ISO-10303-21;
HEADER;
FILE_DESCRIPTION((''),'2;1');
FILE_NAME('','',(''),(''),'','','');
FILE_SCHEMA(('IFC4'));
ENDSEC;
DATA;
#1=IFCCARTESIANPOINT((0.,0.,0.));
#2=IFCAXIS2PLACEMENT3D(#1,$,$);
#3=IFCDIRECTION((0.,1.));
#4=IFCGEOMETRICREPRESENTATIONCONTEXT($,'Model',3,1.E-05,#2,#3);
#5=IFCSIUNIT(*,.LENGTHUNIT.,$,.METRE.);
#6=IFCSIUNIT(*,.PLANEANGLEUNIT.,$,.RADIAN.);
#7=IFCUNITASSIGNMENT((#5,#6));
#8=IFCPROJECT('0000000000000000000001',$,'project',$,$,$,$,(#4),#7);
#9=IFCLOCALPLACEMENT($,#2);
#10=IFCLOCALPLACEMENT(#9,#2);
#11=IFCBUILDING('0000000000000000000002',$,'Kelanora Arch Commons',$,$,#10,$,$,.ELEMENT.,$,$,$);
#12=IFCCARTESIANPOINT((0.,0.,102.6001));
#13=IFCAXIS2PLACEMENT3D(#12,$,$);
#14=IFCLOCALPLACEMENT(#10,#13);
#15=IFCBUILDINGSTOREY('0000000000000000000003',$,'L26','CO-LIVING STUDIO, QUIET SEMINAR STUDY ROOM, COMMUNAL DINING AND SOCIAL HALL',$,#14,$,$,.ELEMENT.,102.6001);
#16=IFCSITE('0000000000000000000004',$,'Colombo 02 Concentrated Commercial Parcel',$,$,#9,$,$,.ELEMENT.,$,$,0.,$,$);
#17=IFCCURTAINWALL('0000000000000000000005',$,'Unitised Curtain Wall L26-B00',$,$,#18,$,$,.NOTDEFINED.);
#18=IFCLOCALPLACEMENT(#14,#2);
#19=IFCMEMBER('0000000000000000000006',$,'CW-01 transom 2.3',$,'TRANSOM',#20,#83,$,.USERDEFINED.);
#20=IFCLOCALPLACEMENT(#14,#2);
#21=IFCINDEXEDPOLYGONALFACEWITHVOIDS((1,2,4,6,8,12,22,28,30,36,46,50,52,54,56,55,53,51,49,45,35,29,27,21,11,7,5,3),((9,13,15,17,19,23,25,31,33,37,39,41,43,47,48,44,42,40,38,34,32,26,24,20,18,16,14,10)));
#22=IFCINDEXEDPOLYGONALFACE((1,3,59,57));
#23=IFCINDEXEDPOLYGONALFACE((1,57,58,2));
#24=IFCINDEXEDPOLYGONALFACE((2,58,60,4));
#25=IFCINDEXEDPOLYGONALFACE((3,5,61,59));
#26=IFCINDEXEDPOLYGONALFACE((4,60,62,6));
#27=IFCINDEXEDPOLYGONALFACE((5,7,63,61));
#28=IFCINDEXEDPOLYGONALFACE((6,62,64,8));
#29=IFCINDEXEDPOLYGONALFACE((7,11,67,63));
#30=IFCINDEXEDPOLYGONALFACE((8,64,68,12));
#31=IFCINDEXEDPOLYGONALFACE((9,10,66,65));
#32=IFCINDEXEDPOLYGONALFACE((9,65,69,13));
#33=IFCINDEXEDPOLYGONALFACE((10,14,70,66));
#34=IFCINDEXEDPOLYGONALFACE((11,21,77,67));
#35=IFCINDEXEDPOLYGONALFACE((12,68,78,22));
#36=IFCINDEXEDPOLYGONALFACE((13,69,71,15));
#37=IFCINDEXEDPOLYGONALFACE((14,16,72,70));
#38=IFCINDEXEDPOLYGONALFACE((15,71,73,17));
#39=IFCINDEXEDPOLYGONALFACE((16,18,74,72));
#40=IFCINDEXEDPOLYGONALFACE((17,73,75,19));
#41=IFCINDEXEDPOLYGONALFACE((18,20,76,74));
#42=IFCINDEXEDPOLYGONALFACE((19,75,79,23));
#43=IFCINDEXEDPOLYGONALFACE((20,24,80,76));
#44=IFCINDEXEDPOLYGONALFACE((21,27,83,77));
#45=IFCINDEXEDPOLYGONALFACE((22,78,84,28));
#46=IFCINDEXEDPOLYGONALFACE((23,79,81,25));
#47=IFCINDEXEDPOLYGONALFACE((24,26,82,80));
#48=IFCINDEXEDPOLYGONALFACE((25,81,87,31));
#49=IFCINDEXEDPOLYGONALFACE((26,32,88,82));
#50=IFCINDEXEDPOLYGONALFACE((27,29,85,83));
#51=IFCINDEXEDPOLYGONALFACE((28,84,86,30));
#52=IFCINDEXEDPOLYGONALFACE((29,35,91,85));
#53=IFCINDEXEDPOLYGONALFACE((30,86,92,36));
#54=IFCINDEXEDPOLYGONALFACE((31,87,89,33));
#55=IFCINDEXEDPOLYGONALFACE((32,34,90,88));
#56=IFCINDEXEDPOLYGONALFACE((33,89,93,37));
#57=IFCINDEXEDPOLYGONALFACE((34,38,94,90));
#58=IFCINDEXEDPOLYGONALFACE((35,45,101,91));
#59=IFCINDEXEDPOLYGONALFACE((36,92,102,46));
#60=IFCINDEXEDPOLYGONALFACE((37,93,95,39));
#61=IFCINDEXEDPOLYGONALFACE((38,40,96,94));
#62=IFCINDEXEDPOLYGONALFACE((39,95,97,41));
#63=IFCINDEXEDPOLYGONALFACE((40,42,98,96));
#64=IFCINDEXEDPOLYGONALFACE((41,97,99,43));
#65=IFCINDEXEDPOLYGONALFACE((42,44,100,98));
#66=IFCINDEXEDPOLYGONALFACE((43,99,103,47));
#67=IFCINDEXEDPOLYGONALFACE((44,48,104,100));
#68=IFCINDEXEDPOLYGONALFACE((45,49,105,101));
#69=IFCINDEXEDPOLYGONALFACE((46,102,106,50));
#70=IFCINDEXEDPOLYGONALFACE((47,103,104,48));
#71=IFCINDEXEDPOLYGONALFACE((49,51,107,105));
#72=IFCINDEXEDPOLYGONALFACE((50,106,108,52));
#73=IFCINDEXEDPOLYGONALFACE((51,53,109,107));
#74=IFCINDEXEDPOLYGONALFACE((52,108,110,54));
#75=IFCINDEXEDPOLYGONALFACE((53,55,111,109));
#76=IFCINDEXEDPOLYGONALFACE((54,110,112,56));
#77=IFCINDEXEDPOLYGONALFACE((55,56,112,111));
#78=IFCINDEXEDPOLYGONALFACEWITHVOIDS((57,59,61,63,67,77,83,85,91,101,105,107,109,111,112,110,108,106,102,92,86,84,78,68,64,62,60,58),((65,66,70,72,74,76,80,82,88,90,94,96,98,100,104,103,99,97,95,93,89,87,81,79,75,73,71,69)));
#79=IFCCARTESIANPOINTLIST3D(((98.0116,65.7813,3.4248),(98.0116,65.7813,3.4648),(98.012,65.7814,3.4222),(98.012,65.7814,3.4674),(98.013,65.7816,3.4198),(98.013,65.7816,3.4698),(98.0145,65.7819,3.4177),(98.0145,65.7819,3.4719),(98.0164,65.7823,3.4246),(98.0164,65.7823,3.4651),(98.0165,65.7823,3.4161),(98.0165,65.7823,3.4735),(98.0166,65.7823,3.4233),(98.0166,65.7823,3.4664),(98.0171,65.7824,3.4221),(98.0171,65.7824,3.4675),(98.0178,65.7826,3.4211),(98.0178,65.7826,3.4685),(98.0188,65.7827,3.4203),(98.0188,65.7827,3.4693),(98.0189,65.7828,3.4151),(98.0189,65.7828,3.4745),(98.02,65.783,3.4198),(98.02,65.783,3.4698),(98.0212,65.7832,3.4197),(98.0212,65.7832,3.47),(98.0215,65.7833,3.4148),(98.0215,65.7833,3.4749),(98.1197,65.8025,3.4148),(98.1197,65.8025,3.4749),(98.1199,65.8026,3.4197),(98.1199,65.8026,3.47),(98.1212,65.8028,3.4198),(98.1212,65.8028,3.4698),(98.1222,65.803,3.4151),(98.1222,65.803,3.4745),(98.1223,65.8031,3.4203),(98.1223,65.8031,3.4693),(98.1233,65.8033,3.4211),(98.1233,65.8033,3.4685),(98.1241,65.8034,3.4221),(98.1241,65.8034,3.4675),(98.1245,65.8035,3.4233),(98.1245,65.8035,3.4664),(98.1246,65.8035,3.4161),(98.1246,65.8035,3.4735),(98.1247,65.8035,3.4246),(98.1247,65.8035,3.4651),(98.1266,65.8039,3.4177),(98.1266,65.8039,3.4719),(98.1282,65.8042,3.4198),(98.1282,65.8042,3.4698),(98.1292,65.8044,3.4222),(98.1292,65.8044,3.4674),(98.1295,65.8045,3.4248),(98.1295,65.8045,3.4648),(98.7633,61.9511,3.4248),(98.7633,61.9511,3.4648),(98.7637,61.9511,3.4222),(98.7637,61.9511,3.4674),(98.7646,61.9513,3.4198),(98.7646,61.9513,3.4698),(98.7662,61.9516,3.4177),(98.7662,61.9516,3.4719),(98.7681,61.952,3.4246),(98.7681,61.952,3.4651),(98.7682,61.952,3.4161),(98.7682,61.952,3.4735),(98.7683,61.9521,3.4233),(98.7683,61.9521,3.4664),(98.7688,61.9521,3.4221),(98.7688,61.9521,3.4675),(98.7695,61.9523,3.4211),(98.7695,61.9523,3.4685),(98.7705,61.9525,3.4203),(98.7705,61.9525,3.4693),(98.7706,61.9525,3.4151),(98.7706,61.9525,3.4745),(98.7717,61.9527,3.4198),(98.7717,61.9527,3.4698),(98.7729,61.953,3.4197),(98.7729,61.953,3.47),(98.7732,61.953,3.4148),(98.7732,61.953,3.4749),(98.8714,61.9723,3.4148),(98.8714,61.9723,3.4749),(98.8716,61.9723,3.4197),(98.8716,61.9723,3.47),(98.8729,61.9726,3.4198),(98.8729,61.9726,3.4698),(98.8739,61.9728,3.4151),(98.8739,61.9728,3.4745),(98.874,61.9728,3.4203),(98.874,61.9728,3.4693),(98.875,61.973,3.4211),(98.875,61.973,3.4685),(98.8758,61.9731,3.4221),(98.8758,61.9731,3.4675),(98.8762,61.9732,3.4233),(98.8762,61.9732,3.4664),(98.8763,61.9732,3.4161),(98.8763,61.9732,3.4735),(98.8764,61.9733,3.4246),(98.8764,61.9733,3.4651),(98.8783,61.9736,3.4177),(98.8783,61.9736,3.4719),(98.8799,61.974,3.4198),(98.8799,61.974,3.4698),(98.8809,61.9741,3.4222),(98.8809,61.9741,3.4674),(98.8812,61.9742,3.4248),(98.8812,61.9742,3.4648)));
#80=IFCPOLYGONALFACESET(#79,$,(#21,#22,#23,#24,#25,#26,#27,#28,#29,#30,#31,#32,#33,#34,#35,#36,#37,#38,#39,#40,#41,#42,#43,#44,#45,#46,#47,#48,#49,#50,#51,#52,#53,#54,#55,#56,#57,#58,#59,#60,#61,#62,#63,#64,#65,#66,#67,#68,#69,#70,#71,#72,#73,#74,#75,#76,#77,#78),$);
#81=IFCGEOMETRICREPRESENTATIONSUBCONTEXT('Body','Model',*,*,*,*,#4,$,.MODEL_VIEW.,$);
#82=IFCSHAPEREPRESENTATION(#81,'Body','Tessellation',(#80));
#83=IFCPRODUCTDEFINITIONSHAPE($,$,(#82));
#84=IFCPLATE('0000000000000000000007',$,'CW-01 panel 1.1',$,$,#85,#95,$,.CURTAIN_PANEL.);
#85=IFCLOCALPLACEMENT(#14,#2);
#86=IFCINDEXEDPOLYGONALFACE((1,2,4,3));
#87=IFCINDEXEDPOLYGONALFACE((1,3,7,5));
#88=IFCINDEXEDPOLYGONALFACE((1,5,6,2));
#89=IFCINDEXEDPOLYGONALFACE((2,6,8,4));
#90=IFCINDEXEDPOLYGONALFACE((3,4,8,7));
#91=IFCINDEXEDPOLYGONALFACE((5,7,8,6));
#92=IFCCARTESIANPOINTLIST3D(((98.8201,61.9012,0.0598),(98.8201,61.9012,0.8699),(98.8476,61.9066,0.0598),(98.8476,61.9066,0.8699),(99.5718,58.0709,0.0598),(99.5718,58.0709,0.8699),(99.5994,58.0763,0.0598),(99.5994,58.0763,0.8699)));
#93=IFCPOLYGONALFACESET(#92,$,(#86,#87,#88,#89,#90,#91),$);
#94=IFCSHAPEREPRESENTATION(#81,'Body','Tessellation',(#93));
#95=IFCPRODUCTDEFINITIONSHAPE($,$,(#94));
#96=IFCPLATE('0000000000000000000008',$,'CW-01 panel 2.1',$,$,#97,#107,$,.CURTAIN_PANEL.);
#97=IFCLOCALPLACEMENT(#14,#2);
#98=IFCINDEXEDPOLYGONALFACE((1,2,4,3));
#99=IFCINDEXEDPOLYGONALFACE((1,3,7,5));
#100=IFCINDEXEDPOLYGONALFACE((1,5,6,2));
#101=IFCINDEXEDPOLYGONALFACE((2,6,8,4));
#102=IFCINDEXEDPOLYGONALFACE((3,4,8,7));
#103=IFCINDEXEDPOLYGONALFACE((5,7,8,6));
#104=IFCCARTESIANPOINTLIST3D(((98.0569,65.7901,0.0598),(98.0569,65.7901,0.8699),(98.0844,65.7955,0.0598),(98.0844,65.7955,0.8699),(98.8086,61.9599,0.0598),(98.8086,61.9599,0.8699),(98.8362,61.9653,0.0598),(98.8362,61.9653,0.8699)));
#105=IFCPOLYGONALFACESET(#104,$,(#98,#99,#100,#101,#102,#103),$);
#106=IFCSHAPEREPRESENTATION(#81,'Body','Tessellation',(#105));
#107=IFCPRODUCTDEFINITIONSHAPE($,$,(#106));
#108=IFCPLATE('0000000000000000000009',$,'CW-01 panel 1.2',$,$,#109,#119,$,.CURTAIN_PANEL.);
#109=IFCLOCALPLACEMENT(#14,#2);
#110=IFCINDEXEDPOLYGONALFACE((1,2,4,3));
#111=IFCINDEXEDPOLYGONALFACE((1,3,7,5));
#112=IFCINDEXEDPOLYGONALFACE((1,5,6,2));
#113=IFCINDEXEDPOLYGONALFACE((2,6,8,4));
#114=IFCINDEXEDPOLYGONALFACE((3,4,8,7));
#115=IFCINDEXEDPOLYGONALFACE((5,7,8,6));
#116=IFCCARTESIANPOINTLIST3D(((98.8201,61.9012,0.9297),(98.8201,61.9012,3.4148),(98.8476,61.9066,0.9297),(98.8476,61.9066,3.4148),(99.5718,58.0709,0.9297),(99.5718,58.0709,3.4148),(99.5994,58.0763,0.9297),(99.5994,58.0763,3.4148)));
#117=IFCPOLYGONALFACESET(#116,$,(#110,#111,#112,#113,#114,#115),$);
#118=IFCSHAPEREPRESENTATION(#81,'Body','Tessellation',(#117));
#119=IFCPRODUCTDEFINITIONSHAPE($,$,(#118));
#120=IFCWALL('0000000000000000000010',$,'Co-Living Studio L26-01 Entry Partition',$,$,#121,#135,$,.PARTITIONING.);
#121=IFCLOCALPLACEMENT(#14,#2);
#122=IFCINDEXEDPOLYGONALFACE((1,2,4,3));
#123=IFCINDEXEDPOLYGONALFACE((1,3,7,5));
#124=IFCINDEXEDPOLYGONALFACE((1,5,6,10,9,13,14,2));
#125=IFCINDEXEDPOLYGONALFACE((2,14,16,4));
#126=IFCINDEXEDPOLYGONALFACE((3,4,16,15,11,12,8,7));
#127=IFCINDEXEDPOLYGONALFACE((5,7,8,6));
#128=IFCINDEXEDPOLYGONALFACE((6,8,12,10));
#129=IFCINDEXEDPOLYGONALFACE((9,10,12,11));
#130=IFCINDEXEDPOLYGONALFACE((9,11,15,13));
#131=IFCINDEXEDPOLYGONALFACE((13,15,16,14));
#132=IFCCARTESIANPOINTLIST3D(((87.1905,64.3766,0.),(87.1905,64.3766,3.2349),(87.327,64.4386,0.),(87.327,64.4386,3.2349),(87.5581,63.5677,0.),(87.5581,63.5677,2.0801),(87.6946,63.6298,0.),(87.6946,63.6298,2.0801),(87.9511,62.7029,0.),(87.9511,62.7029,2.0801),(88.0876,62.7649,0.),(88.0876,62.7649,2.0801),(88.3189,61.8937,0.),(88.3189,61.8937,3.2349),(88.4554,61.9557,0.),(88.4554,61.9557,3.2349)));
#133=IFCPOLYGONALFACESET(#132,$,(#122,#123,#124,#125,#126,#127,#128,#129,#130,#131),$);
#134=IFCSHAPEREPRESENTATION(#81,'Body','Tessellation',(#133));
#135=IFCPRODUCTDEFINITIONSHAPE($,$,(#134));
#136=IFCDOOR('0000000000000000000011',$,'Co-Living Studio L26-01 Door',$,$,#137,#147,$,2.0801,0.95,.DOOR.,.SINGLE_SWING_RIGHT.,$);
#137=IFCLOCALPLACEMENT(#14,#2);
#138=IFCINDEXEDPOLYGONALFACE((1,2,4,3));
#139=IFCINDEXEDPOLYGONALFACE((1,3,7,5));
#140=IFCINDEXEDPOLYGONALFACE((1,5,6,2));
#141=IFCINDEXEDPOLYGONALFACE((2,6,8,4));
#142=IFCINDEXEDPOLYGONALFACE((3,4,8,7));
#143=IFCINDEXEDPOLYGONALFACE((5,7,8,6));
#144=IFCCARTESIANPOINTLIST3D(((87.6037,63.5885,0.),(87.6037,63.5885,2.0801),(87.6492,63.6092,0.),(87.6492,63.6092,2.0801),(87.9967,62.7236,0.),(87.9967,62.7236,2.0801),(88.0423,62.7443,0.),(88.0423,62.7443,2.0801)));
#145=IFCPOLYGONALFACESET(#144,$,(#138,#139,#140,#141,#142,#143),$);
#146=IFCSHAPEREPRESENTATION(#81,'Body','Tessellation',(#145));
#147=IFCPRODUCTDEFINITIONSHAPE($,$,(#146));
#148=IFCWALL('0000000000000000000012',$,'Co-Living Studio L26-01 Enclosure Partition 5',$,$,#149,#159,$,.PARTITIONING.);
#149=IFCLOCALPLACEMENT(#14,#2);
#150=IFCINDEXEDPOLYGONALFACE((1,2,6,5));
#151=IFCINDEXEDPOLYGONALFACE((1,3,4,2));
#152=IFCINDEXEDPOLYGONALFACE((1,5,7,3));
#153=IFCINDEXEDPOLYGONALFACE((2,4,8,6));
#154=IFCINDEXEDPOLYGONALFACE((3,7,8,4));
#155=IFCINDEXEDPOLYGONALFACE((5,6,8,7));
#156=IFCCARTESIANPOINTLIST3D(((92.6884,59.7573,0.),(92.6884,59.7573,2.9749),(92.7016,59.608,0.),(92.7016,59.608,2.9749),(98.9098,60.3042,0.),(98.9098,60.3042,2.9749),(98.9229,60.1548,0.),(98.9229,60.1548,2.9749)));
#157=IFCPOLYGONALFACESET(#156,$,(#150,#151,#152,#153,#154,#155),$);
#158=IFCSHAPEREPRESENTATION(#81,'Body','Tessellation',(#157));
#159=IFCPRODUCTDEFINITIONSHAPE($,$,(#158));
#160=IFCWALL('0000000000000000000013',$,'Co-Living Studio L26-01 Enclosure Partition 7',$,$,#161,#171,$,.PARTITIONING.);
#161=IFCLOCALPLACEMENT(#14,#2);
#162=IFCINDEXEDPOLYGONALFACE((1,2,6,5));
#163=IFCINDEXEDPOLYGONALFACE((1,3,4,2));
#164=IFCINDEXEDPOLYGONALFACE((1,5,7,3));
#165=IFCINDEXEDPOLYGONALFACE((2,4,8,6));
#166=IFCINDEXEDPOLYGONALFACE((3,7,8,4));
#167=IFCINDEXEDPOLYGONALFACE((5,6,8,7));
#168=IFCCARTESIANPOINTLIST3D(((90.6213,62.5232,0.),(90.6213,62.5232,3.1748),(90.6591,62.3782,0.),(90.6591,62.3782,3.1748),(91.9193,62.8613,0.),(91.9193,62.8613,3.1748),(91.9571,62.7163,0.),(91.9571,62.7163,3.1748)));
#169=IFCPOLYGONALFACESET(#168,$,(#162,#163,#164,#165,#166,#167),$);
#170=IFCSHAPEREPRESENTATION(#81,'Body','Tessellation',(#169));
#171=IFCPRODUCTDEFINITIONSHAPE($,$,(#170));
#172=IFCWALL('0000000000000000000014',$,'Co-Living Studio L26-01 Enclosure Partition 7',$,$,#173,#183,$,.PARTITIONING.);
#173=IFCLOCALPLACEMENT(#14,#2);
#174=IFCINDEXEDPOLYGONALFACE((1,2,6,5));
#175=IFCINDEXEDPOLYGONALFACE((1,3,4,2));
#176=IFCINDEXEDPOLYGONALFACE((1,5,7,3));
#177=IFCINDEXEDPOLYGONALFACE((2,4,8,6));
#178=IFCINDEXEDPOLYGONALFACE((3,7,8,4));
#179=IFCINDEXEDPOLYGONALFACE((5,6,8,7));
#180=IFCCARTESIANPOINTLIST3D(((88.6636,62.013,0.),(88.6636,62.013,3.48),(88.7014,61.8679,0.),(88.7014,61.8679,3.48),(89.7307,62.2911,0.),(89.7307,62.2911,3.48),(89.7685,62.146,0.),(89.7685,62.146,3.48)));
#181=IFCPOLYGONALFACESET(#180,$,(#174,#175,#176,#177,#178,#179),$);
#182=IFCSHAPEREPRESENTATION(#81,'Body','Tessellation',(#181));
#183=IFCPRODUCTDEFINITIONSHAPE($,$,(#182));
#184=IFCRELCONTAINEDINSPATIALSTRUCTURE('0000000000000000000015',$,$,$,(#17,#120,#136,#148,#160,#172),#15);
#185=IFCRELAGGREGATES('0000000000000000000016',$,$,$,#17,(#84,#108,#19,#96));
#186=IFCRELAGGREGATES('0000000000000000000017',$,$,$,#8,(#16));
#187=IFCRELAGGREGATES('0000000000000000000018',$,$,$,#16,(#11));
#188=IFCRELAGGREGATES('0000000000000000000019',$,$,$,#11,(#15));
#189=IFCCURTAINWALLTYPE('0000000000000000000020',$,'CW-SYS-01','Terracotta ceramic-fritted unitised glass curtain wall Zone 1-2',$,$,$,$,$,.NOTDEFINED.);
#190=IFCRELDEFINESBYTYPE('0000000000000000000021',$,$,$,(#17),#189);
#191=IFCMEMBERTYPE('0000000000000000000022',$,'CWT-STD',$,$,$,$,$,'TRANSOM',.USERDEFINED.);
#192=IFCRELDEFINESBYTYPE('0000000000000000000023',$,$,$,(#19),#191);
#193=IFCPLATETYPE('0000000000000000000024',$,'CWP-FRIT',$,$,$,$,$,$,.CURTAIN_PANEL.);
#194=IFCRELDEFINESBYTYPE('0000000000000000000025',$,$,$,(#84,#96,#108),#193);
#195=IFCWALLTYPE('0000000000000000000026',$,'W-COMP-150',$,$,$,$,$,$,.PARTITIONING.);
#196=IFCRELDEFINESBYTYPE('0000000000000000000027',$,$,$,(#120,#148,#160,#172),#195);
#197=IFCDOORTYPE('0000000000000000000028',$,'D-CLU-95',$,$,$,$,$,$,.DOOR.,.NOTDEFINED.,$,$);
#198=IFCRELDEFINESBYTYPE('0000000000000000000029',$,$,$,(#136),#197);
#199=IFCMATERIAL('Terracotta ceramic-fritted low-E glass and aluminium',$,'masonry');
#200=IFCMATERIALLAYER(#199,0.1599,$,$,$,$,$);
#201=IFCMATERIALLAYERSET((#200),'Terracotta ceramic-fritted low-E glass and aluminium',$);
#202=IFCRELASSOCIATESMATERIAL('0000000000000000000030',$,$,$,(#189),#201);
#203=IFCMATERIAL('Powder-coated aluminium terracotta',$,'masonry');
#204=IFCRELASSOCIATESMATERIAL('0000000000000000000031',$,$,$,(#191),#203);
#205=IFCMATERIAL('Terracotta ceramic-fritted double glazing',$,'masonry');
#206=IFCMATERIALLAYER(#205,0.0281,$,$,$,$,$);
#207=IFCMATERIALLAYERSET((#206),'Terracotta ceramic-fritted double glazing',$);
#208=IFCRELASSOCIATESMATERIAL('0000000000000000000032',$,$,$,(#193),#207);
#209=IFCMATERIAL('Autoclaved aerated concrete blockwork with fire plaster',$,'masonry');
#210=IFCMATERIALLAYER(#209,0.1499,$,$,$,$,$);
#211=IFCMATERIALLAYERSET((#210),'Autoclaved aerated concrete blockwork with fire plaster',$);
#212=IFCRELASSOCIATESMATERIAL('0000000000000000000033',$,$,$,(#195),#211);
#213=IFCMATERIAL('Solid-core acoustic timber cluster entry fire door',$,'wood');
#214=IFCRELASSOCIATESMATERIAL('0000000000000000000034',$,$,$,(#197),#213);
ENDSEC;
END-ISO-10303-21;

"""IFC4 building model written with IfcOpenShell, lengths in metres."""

from ifc_helpers import new_model, si_unit, direction, frame, frame_2d, origin, origin_2d, place, context, subcontext, project, spatial, rectangle, hollow_rectangle, extrude, source, transform, mapped, material, layer, layer_set, material_profile, profile_set, type_object, element, fill, aggregate, save


model = new_model("IFC4")

# Units and contexts
model_context = context("Model", 3, precision=1e-05, world=origin(), true_north=direction((0.0, 1.0)))
body_context = subcontext(model_context, "Body", "Model", "MODEL_VIEW")
ifc_project = project(units=[si_unit("LENGTHUNIT", "METRE"), si_unit("PLANEANGLEUNIT", "RADIAN")], contexts=[model_context])

# Site, building, storey
site_placement = place(None, origin())
site = spatial("IfcSite", under=ifc_project, at=site_placement, Name="Colombo 02 Concentrated Commercial Parcel", CompositionType="ELEMENT", RefElevation=0.0)
building_placement = place(site_placement, origin())
building = spatial("IfcBuilding", under=site, at=building_placement, Name="Kelanora Arch Commons", CompositionType="ELEMENT")
storey_placement = place(building_placement, frame((0.0, 0.0, 102.6001)))
storey = spatial("IfcBuildingStorey", under=building, at=storey_placement, Name="L26", Description="CO-LIVING STUDIO, QUIET SEMINAR STUDY ROOM, COMMUNAL DINING AND SOCIAL HALL", CompositionType="ELEMENT", Elevation=102.6001)

# Curtain wall, member, plates
ifc_material_1 = material(Name="Terracotta ceramic-fritted low-E glass and aluminium", Category="masonry")
ifc_layer_1 = layer(ifc_material_1, 0.1599)
ifc_layer_set_1 = layer_set([ifc_layer_1], Name="Terracotta ceramic-fritted low-E glass and aluminium")
curtain_wall_type = type_object("IfcCurtainWallType", Name="CW-SYS-01", Description="Terracotta ceramic-fritted unitised glass curtain wall Zone 1-2", PredefinedType="NOTDEFINED", material=ifc_layer_set_1)
curtain_wall_placement = place(storey_placement, origin())
curtain_wall = element("IfcCurtainWall", 1, at=curtain_wall_placement, inside=storey, type_object=curtain_wall_type, Name="Unitised Curtain Wall L26-B00", PredefinedType="NOTDEFINED")
ifc_material_2 = material(Name="Powder-coated aluminium terracotta", Category="masonry")
ifc_material_profile_1 = material_profile(ifc_material_2, hollow_rectangle(XDim=0.1201, YDim=0.0601, WallThickness=0.0049, InnerFilletRadius=0.0049, OuterFilletRadius=0.01, at=origin_2d()), Name="CWT120x60")
ifc_profile_set_1 = profile_set([ifc_material_profile_1], Name="Powder-coated aluminium terracotta")
member_type_1 = type_object("IfcMemberType", Name="CWT-STD", ElementType="TRANSOM", PredefinedType="USERDEFINED", material=ifc_profile_set_1)
member_1_placement = place(storey_placement, frame((98.8223, 61.9626, 3.4448), z_axis=(-0.192579, 0.981282, 0.0), x_axis=(-0.981282, -0.192579, 0.0)))
member_1 = element("IfcMember", 2, at=member_1_placement, type_object=member_type_1, Name="CW-01 transom 2.3", ObjectType="TRANSOM", PredefinedType="USERDEFINED", context=body_context, shape_type="SweptSolid", body=[
    extrude(hollow_rectangle(XDim=0.1201, YDim=0.0601, WallThickness=0.0049, InnerFilletRadius=0.0049, OuterFilletRadius=0.01, at=origin_2d()), origin(), (0.0, 0.0, 1.0), 3.9033),
])
ifc_material_3 = material(Name="Terracotta ceramic-fritted double glazing", Category="masonry")
ifc_layer_2 = layer(ifc_material_3, 0.0281)
ifc_layer_set_2 = layer_set([ifc_layer_2], Name="Terracotta ceramic-fritted double glazing")
plate_type = type_object("IfcPlateType", Name="CWP-FRIT", PredefinedType="CURTAIN_PANEL", material=ifc_layer_set_2)
shared_shape_1 = source(origin(), body_context, "Body", "SweptSolid", [
    extrude(rectangle(XDim=3.9033, YDim=0.0281, at=origin_2d()), origin(), (0.0, 0.0, 1.0), 0.8101),
])
plate_1_placement = place(storey_placement, frame((99.2097, 59.9888, 0.0598), z_axis=(0.0, 0.0, 1.0), x_axis=(-0.192585, 0.98128, 0.0)))
plate_1 = element("IfcPlate", 3, at=plate_1_placement, type_object=plate_type, Name="CW-01 panel 1.1", PredefinedType="CURTAIN_PANEL", context=body_context, shape_type="MappedRepresentation", body=[
    mapped(shared_shape_1, transform((0.0, 0.0, 0.0), scale=1.0)),
])
plate_2_placement = place(storey_placement, frame((98.4465, 63.8777, 0.0598), z_axis=(0.0, 0.0, 1.0), x_axis=(-0.192585, 0.98128, 0.0)))
plate_2 = element("IfcPlate", 4, at=plate_2_placement, type_object=plate_type, Name="CW-01 panel 2.1", PredefinedType="CURTAIN_PANEL", context=body_context, shape_type="MappedRepresentation", body=[
    mapped(shared_shape_1, transform((0.0, 0.0, 0.0), scale=1.0)),
])
shared_shape_2 = source(origin(), body_context, "Body", "SweptSolid", [
    extrude(rectangle(XDim=3.9033, YDim=0.0281, at=origin_2d()), origin(), (0.0, 0.0, 1.0), 2.4851),
])
plate_3_placement = place(storey_placement, frame((99.2097, 59.9888, 0.9297), z_axis=(0.0, 0.0, 1.0), x_axis=(-0.192585, 0.98128, 0.0)))
plate_3 = element("IfcPlate", 5, at=plate_3_placement, type_object=plate_type, Name="CW-01 panel 1.2", PredefinedType="CURTAIN_PANEL", context=body_context, shape_type="MappedRepresentation", body=[
    mapped(shared_shape_2, transform((0.0, 0.0, 0.0), scale=1.0)),
])
aggregate(curtain_wall, [plate_1, plate_3, member_1, plate_2])

# Wall, opening, door
ifc_material_4 = material(Name="Autoclaved aerated concrete blockwork with fire plaster", Category="masonry")
ifc_layer_3 = layer(ifc_material_4, 0.1499)
ifc_layer_set_3 = layer_set([ifc_layer_3], Name="Autoclaved aerated concrete blockwork with fire plaster")
wall_type_1 = type_object("IfcWallType", Name="W-COMP-150", PredefinedType="PARTITIONING", material=ifc_layer_set_3)
wall_1_placement = place(storey_placement, frame((88.3872, 61.9246, 0.0), z_axis=(0.0, 0.0, 1.0), x_axis=(-0.413749, 0.910391, 0.0)))
wall_1 = element("IfcWall", 6, at=wall_1_placement, inside=storey, type_object=wall_type_1, Name="Co-Living Studio L26-01 Entry Partition", PredefinedType="PARTITIONING", context=body_context, shape_type="SweptSolid", body=[
    extrude(rectangle(XDim=2.7273, YDim=0.1499, at=frame_2d((1.3638, 0.0))), origin(), (0.0, 0.0, 1.0), 3.2349),
])
opening_1_placement = place(wall_1_placement, frame((0.8889, 0.0, 0.0)))
opening_1 = element("IfcOpeningElement", 7, at=opening_1_placement, cuts=wall_1, PredefinedType="OPENING", context=body_context, shape_type="SweptSolid", body=[
    extrude(rectangle(XDim=0.95, YDim=2.0801, at=frame_2d((0.4751, 1.04))), frame((0.0, 0.085, 0.0), z_axis=(0.0, -1.0, 0.0), x_axis=(1.0, 0.0, 0.0)), (0.0, 0.0, 1.0), 0.1699),
])
ifc_material_5 = material(Name="Solid-core acoustic timber cluster entry fire door", Category="wood")
door_type_1 = type_object("IfcDoorType", Name="D-CLU-95", OperationType="NOTDEFINED", PredefinedType="DOOR", material=ifc_material_5)
door_1_placement = place(opening_1_placement, origin())
door_1 = element("IfcDoor", 8, at=door_1_placement, inside=storey, type_object=door_type_1, Name="Co-Living Studio L26-01 Door", OperationType="SINGLE_SWING_RIGHT", OverallHeight=2.0801, OverallWidth=0.95, PredefinedType="DOOR", context=body_context, shape_type="SweptSolid", body=[
    extrude(rectangle(XDim=0.95, YDim=2.0801, at=frame_2d((0.4751, 1.04))), frame((0.0, 0.0249, 0.0), z_axis=(0.0, -1.0, 0.0), x_axis=(1.0, 0.0, 0.0)), (0.0, 0.0, 1.0), 0.05),
])
fill(opening_1, door_1)

# Walls
wall_2_placement = place(storey_placement, frame((98.9163, 60.2295, 0.0), z_axis=(0.0, 0.0, 1.0), x_axis=(-0.996159, -0.087564, 0.0)))
element("IfcWall", 9, at=wall_2_placement, inside=storey, type_object=wall_type_1, Name="Co-Living Studio L26-01 Enclosure Partition 5", PredefinedType="PARTITIONING", context=body_context, shape_type="SweptSolid", body=[
    extrude(rectangle(XDim=6.2454, YDim=0.1499, at=frame_2d((3.1226, 0.0))), origin(), (0.0, 0.0, 1.0), 2.9749),
])
wall_3_placement = place(storey_placement, frame((91.9382, 62.7888, 0.0), z_axis=(0.0, 0.0, 1.0), x_axis=(-0.967708, -0.252074, 0.0)))
element("IfcWall", 10, at=wall_3_placement, inside=storey, type_object=wall_type_1, Name="Co-Living Studio L26-01 Enclosure Partition 7", PredefinedType="PARTITIONING", context=body_context, shape_type="SweptSolid", body=[
    extrude(rectangle(XDim=1.3413, YDim=0.1499, at=frame_2d((0.6707, 0.0))), origin(), (0.0, 0.0, 1.0), 3.1748),
])
wall_4_placement = place(storey_placement, frame((89.7495, 62.2185, 0.0), z_axis=(0.0, 0.0, 1.0), x_axis=(-0.967685, -0.252161, 0.0)))
element("IfcWall", 11, at=wall_4_placement, inside=storey, type_object=wall_type_1, Name="Co-Living Studio L26-01 Enclosure Partition 7", PredefinedType="PARTITIONING", context=body_context, shape_type="SweptSolid", body=[
    extrude(rectangle(XDim=1.1028, YDim=0.1499, at=frame_2d((0.5513, 0.0))), origin(), (0.0, 0.0, 1.0), 3.48),
])

save(model, "model.ifc")
